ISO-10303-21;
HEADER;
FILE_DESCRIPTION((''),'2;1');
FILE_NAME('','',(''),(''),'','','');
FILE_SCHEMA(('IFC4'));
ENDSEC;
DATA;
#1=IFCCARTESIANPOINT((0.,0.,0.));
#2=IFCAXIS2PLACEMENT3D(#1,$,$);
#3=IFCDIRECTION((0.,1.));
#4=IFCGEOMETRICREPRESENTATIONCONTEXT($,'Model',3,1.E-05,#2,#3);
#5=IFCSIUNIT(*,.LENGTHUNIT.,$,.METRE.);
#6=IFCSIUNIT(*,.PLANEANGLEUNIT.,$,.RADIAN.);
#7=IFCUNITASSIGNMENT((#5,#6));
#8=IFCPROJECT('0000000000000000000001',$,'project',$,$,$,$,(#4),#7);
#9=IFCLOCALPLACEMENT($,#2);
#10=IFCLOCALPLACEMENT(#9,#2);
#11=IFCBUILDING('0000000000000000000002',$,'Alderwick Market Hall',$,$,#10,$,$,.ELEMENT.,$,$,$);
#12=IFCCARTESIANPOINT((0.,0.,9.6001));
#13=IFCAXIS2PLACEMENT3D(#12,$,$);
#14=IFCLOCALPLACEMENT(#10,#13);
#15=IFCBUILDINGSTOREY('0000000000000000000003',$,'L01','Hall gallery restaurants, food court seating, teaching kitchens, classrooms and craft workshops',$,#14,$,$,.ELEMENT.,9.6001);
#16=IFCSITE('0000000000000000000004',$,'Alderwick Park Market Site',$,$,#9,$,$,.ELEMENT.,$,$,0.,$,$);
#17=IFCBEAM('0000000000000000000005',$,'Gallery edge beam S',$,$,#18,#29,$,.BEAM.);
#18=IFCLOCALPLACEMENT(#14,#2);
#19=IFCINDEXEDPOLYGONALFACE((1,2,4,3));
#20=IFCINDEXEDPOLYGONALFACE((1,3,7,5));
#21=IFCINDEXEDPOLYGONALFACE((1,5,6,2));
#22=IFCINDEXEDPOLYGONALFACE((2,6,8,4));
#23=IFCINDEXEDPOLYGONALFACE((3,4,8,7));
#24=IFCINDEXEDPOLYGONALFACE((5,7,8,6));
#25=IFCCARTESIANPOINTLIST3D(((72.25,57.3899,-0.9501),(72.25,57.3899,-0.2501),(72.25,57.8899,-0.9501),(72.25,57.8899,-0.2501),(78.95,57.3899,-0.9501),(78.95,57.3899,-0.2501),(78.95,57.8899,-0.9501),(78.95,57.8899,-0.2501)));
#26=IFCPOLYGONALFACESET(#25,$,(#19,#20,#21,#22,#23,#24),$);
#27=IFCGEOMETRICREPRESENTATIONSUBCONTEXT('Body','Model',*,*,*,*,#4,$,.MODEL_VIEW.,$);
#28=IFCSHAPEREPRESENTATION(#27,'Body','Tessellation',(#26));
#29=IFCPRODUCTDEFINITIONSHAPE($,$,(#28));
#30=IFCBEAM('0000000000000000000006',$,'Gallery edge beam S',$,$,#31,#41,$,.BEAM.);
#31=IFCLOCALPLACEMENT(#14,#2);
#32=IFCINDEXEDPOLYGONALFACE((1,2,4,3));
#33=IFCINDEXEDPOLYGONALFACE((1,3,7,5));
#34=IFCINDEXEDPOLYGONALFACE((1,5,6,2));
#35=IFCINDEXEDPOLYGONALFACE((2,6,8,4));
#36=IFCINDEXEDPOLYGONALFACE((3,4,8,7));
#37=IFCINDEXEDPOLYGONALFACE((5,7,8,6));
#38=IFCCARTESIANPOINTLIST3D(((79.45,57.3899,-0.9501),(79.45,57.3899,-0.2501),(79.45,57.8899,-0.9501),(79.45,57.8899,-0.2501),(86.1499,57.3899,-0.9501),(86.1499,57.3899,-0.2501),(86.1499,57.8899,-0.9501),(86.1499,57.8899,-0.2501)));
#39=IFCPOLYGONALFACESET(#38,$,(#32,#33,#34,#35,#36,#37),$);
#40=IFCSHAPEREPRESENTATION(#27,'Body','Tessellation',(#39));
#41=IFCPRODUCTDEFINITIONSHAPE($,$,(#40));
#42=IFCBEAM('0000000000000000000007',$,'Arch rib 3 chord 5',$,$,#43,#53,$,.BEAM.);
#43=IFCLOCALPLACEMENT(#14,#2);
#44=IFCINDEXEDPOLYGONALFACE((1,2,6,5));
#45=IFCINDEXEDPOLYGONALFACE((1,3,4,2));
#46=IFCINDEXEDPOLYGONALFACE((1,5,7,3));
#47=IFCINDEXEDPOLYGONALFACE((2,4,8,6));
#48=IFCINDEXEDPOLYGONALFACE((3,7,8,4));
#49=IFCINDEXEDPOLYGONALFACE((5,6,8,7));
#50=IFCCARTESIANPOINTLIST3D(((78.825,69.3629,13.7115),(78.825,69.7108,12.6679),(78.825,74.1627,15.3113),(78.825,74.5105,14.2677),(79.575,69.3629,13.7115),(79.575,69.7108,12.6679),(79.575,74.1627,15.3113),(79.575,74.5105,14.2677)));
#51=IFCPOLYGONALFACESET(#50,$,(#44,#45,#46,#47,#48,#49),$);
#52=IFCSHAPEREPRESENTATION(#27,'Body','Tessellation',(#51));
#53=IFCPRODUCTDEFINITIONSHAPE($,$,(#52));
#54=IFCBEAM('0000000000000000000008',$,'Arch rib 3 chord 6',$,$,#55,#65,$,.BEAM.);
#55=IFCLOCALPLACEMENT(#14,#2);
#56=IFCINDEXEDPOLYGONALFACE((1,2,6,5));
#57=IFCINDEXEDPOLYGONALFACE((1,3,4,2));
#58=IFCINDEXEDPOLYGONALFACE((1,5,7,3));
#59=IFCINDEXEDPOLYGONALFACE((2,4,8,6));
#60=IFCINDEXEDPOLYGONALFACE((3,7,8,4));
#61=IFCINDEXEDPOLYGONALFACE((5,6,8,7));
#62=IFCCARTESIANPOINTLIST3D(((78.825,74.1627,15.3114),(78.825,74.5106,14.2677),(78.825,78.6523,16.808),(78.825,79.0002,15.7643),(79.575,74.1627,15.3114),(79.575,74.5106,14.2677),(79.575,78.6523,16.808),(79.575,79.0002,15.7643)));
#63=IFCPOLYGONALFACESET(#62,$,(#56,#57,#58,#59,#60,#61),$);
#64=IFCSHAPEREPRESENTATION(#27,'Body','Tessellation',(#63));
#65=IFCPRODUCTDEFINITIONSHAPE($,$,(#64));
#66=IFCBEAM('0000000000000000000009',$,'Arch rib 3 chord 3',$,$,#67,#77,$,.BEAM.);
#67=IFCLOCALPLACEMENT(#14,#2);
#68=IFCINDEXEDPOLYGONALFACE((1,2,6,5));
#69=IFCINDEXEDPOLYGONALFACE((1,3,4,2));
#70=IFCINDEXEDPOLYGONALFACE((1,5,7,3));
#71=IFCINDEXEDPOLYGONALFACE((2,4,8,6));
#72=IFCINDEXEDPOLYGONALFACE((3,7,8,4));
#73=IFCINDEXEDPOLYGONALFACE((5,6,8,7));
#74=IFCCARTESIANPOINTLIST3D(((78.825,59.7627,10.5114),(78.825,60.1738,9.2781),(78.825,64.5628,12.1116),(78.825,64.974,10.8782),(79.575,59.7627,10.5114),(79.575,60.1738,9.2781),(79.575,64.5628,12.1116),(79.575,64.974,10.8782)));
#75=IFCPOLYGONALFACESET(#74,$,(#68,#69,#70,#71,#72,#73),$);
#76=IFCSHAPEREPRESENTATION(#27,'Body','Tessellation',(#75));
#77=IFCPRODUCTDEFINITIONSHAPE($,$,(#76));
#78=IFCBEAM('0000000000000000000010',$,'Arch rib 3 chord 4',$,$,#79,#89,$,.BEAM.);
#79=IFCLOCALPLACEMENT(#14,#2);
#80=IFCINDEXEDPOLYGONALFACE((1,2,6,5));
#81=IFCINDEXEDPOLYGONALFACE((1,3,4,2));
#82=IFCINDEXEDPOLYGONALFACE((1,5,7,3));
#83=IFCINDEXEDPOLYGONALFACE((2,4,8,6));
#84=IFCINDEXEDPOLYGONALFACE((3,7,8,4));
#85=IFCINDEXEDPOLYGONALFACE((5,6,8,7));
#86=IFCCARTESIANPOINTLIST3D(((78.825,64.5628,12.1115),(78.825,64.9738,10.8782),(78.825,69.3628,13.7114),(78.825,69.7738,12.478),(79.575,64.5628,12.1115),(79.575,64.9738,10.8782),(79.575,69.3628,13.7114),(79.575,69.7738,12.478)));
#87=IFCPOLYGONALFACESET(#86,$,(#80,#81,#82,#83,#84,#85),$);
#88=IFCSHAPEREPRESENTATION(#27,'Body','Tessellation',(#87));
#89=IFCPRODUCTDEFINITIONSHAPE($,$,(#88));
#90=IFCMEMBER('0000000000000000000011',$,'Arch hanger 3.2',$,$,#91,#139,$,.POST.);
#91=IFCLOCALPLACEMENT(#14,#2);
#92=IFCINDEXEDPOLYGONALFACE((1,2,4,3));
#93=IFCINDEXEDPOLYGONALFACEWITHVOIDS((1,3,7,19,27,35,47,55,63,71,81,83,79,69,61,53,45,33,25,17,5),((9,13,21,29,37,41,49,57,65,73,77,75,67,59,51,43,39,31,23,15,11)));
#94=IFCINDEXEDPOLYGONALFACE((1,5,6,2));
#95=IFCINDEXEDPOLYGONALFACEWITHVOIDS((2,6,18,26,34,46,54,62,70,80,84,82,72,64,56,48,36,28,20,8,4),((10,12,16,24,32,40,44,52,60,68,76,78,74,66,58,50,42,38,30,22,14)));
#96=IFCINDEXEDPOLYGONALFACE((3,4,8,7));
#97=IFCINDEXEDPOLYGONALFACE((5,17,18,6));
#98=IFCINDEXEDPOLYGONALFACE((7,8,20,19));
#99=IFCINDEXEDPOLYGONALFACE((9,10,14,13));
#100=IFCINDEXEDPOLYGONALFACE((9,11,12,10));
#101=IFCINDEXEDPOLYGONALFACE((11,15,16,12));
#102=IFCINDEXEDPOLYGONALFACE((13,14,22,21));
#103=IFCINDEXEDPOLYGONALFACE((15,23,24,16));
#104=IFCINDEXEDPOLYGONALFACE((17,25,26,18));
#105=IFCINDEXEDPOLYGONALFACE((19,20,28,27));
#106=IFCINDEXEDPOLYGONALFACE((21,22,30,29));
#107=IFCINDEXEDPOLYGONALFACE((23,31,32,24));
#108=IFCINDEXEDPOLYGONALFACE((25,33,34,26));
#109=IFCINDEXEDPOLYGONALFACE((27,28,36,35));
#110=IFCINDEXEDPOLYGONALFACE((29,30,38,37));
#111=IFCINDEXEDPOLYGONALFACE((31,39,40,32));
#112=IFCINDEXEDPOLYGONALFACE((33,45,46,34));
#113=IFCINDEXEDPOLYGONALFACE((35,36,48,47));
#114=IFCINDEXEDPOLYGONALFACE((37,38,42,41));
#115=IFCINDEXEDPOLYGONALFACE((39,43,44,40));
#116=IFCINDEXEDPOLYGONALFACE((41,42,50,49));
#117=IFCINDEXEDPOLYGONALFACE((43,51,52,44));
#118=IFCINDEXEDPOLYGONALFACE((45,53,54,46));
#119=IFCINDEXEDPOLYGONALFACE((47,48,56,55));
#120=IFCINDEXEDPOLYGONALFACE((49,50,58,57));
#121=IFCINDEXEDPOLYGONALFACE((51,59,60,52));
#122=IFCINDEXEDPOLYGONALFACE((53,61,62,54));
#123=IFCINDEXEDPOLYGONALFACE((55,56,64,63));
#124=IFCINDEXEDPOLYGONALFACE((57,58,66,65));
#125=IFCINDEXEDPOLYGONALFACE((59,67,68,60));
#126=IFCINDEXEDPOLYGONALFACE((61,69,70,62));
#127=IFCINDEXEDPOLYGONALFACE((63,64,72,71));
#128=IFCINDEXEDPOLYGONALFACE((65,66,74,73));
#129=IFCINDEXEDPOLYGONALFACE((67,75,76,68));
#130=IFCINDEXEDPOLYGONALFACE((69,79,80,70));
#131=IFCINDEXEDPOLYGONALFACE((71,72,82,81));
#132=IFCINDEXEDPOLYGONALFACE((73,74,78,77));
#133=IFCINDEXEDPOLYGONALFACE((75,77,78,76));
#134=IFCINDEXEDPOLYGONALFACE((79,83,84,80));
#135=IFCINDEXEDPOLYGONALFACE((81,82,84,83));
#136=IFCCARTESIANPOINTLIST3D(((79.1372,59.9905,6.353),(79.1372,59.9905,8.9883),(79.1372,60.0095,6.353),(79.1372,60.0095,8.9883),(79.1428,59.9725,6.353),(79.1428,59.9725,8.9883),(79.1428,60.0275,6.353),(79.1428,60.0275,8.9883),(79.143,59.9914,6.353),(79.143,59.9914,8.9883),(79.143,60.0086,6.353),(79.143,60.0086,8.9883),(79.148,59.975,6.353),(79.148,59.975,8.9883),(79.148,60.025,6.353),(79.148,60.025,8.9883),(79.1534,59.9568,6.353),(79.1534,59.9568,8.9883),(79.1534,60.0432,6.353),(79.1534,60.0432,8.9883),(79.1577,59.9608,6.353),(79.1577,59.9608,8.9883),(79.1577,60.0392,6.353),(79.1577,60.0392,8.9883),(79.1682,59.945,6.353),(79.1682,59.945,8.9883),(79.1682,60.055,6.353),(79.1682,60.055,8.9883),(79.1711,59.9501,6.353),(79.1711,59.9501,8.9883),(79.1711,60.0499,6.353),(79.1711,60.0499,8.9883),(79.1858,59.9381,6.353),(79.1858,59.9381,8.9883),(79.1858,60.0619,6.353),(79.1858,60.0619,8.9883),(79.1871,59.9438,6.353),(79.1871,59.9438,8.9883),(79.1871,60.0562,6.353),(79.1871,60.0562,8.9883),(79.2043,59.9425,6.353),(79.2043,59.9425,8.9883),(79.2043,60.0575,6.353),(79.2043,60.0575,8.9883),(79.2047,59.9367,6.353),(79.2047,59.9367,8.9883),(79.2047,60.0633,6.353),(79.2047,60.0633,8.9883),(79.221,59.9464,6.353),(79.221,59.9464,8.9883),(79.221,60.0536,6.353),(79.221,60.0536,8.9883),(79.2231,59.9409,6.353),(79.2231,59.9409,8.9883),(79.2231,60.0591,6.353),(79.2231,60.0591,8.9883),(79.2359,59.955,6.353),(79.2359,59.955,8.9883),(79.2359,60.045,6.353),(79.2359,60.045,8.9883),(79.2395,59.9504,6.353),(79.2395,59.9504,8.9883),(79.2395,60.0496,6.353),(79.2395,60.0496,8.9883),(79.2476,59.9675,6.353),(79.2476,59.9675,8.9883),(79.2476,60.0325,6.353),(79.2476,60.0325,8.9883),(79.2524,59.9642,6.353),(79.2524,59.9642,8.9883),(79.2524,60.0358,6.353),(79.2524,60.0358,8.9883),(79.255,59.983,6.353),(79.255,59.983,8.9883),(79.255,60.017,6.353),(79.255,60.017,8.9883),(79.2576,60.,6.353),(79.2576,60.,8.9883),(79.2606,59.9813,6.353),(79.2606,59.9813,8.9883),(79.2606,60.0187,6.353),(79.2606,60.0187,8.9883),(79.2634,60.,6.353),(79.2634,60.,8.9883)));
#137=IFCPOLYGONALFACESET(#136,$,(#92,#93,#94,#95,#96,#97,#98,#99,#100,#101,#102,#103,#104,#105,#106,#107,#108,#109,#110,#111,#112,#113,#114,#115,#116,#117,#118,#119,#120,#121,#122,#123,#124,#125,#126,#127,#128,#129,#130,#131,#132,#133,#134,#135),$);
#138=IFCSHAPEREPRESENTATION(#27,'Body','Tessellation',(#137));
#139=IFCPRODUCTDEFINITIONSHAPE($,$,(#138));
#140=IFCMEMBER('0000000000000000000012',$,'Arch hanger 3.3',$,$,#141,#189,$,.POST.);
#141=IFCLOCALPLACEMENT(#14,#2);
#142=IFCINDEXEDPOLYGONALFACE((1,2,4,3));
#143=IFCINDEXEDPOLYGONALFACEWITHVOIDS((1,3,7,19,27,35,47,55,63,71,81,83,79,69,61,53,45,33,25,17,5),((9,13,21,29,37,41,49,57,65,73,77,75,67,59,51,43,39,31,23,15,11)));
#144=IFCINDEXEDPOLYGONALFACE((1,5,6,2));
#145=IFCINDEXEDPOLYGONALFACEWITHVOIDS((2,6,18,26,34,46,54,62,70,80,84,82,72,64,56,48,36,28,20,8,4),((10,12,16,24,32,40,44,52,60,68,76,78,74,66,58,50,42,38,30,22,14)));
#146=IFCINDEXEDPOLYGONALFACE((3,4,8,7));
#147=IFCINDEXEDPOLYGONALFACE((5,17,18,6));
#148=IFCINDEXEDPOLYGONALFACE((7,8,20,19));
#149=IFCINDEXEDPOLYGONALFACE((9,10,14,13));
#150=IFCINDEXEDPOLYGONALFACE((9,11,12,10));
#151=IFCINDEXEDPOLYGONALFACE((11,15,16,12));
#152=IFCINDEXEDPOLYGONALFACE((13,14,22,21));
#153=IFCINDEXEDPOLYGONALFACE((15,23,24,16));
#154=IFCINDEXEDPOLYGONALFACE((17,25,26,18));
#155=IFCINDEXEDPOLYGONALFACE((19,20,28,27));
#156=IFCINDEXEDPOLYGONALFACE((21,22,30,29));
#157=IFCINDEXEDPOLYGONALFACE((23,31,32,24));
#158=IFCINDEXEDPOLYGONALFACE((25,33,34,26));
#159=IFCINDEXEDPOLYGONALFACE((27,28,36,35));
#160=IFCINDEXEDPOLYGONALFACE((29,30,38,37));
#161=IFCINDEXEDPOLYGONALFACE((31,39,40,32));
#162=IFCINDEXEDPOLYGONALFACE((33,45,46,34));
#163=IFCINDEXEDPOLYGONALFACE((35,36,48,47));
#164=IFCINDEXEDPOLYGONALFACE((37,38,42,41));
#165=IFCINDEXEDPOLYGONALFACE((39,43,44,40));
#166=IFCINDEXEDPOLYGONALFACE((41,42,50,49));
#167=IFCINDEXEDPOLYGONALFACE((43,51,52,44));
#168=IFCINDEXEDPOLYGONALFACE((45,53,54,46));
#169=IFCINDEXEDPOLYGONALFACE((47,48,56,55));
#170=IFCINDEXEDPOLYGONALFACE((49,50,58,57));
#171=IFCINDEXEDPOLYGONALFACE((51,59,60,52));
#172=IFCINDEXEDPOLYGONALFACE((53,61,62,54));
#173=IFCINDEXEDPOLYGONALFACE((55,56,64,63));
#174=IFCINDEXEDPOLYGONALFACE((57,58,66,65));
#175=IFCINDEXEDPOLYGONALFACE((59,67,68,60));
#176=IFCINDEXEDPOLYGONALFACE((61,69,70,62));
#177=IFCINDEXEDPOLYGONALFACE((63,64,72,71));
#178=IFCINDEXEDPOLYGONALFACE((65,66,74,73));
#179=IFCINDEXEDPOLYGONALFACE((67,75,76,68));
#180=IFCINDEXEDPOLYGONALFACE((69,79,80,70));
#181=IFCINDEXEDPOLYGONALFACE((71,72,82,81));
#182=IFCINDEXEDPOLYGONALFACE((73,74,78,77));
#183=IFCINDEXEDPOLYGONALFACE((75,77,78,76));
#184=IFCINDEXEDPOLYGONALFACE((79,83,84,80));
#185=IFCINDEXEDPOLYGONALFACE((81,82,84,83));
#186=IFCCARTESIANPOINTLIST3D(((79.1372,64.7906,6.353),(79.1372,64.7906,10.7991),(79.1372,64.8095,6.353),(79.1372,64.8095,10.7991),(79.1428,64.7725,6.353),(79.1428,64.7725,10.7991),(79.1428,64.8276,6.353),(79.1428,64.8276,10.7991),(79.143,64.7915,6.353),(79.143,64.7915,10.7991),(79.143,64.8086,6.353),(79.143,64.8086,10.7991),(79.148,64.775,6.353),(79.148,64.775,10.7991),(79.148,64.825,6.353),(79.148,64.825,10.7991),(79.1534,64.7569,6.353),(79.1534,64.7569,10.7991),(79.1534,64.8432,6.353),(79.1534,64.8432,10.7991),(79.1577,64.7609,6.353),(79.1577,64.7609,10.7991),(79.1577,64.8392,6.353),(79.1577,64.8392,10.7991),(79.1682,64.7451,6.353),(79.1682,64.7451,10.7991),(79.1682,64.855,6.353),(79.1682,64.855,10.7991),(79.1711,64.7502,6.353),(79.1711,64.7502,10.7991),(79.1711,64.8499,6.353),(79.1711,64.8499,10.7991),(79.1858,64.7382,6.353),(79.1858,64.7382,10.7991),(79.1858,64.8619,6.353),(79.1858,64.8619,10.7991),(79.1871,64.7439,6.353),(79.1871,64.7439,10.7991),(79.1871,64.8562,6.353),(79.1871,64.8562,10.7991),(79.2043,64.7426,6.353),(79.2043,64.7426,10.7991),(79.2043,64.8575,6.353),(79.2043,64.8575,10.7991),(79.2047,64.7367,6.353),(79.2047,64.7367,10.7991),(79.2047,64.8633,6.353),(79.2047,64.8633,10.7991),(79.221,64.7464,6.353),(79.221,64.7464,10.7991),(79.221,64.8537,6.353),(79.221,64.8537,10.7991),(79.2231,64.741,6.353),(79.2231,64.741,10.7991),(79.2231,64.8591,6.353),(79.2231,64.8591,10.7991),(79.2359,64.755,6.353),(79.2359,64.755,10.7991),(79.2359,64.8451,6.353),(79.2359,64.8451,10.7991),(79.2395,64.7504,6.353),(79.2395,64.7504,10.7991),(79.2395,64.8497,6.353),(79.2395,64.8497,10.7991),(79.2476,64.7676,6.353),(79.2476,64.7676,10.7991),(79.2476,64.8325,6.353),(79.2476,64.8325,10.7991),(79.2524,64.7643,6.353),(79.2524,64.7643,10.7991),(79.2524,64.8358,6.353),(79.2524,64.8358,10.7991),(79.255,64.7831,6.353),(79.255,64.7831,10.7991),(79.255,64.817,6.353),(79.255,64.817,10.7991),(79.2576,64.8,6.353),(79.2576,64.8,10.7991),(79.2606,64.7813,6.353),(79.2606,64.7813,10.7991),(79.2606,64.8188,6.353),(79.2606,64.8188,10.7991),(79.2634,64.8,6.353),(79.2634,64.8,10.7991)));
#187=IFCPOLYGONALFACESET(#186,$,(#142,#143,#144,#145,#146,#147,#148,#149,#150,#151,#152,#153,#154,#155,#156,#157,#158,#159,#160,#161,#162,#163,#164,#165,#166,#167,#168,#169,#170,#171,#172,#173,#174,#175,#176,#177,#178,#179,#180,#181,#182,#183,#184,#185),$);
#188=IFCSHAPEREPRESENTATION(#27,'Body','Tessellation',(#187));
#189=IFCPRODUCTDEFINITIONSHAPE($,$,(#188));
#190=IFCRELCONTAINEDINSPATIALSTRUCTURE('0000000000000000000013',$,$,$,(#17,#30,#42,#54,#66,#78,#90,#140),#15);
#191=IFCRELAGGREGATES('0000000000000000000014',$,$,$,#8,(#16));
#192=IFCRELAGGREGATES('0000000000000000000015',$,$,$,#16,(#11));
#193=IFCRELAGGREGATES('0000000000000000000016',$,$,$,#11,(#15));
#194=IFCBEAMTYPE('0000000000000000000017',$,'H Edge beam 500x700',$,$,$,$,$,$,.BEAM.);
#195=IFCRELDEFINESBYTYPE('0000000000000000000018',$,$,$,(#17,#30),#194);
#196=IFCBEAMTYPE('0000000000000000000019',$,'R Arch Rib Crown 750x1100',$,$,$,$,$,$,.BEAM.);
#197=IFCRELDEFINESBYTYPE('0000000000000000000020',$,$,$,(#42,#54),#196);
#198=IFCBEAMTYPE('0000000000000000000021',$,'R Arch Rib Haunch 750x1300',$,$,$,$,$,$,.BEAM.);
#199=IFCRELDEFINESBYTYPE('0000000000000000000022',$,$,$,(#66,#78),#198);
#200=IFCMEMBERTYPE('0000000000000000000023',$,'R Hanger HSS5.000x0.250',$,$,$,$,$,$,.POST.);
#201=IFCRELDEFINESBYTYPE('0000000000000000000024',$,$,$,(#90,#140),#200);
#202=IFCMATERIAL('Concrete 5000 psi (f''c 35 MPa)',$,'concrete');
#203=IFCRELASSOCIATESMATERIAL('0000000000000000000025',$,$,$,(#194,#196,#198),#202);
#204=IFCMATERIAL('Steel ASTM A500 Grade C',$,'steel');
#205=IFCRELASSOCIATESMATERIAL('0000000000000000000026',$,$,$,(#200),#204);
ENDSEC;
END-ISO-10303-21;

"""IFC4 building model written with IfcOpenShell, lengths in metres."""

from ifc_helpers import new_model, si_unit, direction, frame, origin, origin_2d, place, context, subcontext, project, spatial, rectangle, hollow_circle, extrude, material, material_profile, profile_set, type_object, element, save


model = new_model("IFC4")

# Units and contexts
model_context = context("Model", 3, precision=1e-05, world=origin(), true_north=direction((0.0, 1.0)))
body_context = subcontext(model_context, "Body", "Model", "MODEL_VIEW")
ifc_project = project(units=[si_unit("LENGTHUNIT", "METRE"), si_unit("PLANEANGLEUNIT", "RADIAN")], contexts=[model_context])

# Site, building, storey
site_placement = place(None, origin())
site = spatial("IfcSite", under=ifc_project, at=site_placement, Name="Alderwick Park Market Site", CompositionType="ELEMENT", RefElevation=0.0)
building_placement = place(site_placement, origin())
building = spatial("IfcBuilding", under=site, at=building_placement, Name="Alderwick Market Hall", CompositionType="ELEMENT")
storey_placement = place(building_placement, frame((0.0, 0.0, 9.6001)))
storey = spatial("IfcBuildingStorey", under=building, at=storey_placement, Name="L01", Description="Hall gallery restaurants, food court seating, teaching kitchens, classrooms and craft workshops", CompositionType="ELEMENT", Elevation=9.6001)

# Beams
ifc_material_1 = material(Name="Concrete 5000 psi (f'c 35 MPa)", Category="concrete")
ifc_material_profile_1 = material_profile(ifc_material_1, rectangle(XDim=0.5, YDim=0.7, at=origin_2d()), Name="RC 500x700")
ifc_profile_set_1 = profile_set([ifc_material_profile_1], Name="Concrete 5000 psi (f'c 35 MPa)")
beam_type_1 = type_object("IfcBeamType", Name="H Edge beam 500x700", PredefinedType="BEAM", material=ifc_profile_set_1)
for number, where, z_axis, x_axis, name in (
    (1, (72.25, 57.6399, -0.6001), (1.0, 0.0, 0.0), (0.0, 1.0, 0.0), "Gallery edge beam S"),
    (2, (79.45, 57.6399, -0.6001), (1.0, 0.0, 0.0), (0.0, 1.0, 0.0), "Gallery edge beam S"),
):
    element("IfcBeam", number, at=place(storey_placement, frame(where, z_axis=z_axis, x_axis=x_axis)), inside=storey, type_object=beam_type_1, Name=name, PredefinedType="BEAM", context=body_context, shape_type="SweptSolid", body=[
        extrude(rectangle(XDim=0.5, YDim=0.7, at=origin_2d()), origin(), (0.0, 0.0, 1.0), 6.7),
    ])
ifc_material_profile_2 = material_profile(ifc_material_1, rectangle(XDim=0.75, YDim=1.1001, at=origin_2d()), Name="RC 750x1100")
ifc_profile_set_2 = profile_set([ifc_material_profile_2], Name="Concrete 5000 psi (f'c 35 MPa)")
beam_type_2 = type_object("IfcBeamType", Name="R Arch Rib Crown 750x1100", PredefinedType="BEAM", material=ifc_profile_set_2)
beam_1_placement = place(storey_placement, frame((79.2, 69.5369, 13.1897), z_axis=(0.0, 0.948688, 0.316213), x_axis=(-1.0, 0.0, 0.0)))
element("IfcBeam", 3, at=beam_1_placement, inside=storey, type_object=beam_type_2, Name="Arch rib 3 chord 5", PredefinedType="BEAM", context=body_context, shape_type="SweptSolid", body=[
    extrude(rectangle(XDim=0.75, YDim=1.1001, at=origin_2d()), origin(), (0.0, 0.0, 1.0), 5.0593),
])
beam_2_placement = place(storey_placement, frame((79.2, 74.3367, 14.7896), z_axis=(0.0, 0.948678, 0.316243), x_axis=(-1.0, 0.0, 0.0)))
element("IfcBeam", 4, at=beam_2_placement, inside=storey, type_object=beam_type_2, Name="Arch rib 3 chord 6", PredefinedType="BEAM", context=body_context, shape_type="SweptSolid", body=[
    extrude(rectangle(XDim=0.75, YDim=1.1001, at=origin_2d()), origin(), (0.0, 0.0, 1.0), 4.7324),
])
ifc_material_profile_3 = material_profile(ifc_material_1, rectangle(XDim=0.75, YDim=1.3, at=origin_2d()), Name="RC 750x1300")
ifc_profile_set_3 = profile_set([ifc_material_profile_3], Name="Concrete 5000 psi (f'c 35 MPa)")
beam_type_3 = type_object("IfcBeamType", Name="R Arch Rib Haunch 750x1300", PredefinedType="BEAM", material=ifc_profile_set_3)
beam_3_placement = place(storey_placement, frame((79.2, 59.9683, 9.8948), z_axis=(0.0, 0.948678, 0.316242), x_axis=(-1.0, 0.0, 0.0)))
element("IfcBeam", 5, at=beam_3_placement, inside=storey, type_object=beam_type_3, Name="Arch rib 3 chord 3", PredefinedType="BEAM", context=body_context, shape_type="SweptSolid", body=[
    extrude(rectangle(XDim=0.75, YDim=1.3, at=origin_2d()), origin(), (0.0, 0.0, 1.0), 5.0598),
])
beam_4_placement = place(storey_placement, frame((79.2, 64.7683, 11.4949), z_axis=(0.0, 0.948693, 0.316199), x_axis=(-1.0, 0.0, 0.0)))
element("IfcBeam", 6, at=beam_4_placement, inside=storey, type_object=beam_type_3, Name="Arch rib 3 chord 4", PredefinedType="BEAM", context=body_context, shape_type="SweptSolid", body=[
    extrude(rectangle(XDim=0.75, YDim=1.3, at=origin_2d()), origin(), (0.0, 0.0, 1.0), 5.0596),
])

# Members
ifc_material_2 = material(Name="Steel ASTM A500 Grade C", Category="steel")
ifc_material_profile_4 = material_profile(ifc_material_2, hollow_circle(Radius=0.0635, WallThickness=0.0059, at=origin_2d()), Name="HSS5.000x0.250")
ifc_profile_set_4 = profile_set([ifc_material_profile_4], Name="Steel ASTM A500 Grade C")
member_type_1 = type_object("IfcMemberType", Name="R Hanger HSS5.000x0.250", PredefinedType="POST", material=ifc_profile_set_4)
member_1_placement = place(storey_placement, frame((79.2, 60.0, 6.353), z_axis=(0.0, 0.0, 1.0), x_axis=(1.0, 0.0, 0.0)))
element("IfcMember", 7, at=member_1_placement, inside=storey, type_object=member_type_1, Name="Arch hanger 3.2", PredefinedType="POST", context=body_context, shape_type="SweptSolid", body=[
    extrude(hollow_circle(Radius=0.0635, WallThickness=0.0059, at=origin_2d()), origin(), (0.0, 0.0, 1.0), 2.6353),
])
member_2_placement = place(storey_placement, frame((79.2, 64.8, 6.353), z_axis=(0.0, 0.0, 1.0), x_axis=(1.0, 0.0, 0.0)))
element("IfcMember", 8, at=member_2_placement, inside=storey, type_object=member_type_1, Name="Arch hanger 3.3", PredefinedType="POST", context=body_context, shape_type="SweptSolid", body=[
    extrude(hollow_circle(Radius=0.0635, WallThickness=0.0059, at=origin_2d()), origin(), (0.0, 0.0, 1.0), 4.446),
])

save(model, "model.ifc")
